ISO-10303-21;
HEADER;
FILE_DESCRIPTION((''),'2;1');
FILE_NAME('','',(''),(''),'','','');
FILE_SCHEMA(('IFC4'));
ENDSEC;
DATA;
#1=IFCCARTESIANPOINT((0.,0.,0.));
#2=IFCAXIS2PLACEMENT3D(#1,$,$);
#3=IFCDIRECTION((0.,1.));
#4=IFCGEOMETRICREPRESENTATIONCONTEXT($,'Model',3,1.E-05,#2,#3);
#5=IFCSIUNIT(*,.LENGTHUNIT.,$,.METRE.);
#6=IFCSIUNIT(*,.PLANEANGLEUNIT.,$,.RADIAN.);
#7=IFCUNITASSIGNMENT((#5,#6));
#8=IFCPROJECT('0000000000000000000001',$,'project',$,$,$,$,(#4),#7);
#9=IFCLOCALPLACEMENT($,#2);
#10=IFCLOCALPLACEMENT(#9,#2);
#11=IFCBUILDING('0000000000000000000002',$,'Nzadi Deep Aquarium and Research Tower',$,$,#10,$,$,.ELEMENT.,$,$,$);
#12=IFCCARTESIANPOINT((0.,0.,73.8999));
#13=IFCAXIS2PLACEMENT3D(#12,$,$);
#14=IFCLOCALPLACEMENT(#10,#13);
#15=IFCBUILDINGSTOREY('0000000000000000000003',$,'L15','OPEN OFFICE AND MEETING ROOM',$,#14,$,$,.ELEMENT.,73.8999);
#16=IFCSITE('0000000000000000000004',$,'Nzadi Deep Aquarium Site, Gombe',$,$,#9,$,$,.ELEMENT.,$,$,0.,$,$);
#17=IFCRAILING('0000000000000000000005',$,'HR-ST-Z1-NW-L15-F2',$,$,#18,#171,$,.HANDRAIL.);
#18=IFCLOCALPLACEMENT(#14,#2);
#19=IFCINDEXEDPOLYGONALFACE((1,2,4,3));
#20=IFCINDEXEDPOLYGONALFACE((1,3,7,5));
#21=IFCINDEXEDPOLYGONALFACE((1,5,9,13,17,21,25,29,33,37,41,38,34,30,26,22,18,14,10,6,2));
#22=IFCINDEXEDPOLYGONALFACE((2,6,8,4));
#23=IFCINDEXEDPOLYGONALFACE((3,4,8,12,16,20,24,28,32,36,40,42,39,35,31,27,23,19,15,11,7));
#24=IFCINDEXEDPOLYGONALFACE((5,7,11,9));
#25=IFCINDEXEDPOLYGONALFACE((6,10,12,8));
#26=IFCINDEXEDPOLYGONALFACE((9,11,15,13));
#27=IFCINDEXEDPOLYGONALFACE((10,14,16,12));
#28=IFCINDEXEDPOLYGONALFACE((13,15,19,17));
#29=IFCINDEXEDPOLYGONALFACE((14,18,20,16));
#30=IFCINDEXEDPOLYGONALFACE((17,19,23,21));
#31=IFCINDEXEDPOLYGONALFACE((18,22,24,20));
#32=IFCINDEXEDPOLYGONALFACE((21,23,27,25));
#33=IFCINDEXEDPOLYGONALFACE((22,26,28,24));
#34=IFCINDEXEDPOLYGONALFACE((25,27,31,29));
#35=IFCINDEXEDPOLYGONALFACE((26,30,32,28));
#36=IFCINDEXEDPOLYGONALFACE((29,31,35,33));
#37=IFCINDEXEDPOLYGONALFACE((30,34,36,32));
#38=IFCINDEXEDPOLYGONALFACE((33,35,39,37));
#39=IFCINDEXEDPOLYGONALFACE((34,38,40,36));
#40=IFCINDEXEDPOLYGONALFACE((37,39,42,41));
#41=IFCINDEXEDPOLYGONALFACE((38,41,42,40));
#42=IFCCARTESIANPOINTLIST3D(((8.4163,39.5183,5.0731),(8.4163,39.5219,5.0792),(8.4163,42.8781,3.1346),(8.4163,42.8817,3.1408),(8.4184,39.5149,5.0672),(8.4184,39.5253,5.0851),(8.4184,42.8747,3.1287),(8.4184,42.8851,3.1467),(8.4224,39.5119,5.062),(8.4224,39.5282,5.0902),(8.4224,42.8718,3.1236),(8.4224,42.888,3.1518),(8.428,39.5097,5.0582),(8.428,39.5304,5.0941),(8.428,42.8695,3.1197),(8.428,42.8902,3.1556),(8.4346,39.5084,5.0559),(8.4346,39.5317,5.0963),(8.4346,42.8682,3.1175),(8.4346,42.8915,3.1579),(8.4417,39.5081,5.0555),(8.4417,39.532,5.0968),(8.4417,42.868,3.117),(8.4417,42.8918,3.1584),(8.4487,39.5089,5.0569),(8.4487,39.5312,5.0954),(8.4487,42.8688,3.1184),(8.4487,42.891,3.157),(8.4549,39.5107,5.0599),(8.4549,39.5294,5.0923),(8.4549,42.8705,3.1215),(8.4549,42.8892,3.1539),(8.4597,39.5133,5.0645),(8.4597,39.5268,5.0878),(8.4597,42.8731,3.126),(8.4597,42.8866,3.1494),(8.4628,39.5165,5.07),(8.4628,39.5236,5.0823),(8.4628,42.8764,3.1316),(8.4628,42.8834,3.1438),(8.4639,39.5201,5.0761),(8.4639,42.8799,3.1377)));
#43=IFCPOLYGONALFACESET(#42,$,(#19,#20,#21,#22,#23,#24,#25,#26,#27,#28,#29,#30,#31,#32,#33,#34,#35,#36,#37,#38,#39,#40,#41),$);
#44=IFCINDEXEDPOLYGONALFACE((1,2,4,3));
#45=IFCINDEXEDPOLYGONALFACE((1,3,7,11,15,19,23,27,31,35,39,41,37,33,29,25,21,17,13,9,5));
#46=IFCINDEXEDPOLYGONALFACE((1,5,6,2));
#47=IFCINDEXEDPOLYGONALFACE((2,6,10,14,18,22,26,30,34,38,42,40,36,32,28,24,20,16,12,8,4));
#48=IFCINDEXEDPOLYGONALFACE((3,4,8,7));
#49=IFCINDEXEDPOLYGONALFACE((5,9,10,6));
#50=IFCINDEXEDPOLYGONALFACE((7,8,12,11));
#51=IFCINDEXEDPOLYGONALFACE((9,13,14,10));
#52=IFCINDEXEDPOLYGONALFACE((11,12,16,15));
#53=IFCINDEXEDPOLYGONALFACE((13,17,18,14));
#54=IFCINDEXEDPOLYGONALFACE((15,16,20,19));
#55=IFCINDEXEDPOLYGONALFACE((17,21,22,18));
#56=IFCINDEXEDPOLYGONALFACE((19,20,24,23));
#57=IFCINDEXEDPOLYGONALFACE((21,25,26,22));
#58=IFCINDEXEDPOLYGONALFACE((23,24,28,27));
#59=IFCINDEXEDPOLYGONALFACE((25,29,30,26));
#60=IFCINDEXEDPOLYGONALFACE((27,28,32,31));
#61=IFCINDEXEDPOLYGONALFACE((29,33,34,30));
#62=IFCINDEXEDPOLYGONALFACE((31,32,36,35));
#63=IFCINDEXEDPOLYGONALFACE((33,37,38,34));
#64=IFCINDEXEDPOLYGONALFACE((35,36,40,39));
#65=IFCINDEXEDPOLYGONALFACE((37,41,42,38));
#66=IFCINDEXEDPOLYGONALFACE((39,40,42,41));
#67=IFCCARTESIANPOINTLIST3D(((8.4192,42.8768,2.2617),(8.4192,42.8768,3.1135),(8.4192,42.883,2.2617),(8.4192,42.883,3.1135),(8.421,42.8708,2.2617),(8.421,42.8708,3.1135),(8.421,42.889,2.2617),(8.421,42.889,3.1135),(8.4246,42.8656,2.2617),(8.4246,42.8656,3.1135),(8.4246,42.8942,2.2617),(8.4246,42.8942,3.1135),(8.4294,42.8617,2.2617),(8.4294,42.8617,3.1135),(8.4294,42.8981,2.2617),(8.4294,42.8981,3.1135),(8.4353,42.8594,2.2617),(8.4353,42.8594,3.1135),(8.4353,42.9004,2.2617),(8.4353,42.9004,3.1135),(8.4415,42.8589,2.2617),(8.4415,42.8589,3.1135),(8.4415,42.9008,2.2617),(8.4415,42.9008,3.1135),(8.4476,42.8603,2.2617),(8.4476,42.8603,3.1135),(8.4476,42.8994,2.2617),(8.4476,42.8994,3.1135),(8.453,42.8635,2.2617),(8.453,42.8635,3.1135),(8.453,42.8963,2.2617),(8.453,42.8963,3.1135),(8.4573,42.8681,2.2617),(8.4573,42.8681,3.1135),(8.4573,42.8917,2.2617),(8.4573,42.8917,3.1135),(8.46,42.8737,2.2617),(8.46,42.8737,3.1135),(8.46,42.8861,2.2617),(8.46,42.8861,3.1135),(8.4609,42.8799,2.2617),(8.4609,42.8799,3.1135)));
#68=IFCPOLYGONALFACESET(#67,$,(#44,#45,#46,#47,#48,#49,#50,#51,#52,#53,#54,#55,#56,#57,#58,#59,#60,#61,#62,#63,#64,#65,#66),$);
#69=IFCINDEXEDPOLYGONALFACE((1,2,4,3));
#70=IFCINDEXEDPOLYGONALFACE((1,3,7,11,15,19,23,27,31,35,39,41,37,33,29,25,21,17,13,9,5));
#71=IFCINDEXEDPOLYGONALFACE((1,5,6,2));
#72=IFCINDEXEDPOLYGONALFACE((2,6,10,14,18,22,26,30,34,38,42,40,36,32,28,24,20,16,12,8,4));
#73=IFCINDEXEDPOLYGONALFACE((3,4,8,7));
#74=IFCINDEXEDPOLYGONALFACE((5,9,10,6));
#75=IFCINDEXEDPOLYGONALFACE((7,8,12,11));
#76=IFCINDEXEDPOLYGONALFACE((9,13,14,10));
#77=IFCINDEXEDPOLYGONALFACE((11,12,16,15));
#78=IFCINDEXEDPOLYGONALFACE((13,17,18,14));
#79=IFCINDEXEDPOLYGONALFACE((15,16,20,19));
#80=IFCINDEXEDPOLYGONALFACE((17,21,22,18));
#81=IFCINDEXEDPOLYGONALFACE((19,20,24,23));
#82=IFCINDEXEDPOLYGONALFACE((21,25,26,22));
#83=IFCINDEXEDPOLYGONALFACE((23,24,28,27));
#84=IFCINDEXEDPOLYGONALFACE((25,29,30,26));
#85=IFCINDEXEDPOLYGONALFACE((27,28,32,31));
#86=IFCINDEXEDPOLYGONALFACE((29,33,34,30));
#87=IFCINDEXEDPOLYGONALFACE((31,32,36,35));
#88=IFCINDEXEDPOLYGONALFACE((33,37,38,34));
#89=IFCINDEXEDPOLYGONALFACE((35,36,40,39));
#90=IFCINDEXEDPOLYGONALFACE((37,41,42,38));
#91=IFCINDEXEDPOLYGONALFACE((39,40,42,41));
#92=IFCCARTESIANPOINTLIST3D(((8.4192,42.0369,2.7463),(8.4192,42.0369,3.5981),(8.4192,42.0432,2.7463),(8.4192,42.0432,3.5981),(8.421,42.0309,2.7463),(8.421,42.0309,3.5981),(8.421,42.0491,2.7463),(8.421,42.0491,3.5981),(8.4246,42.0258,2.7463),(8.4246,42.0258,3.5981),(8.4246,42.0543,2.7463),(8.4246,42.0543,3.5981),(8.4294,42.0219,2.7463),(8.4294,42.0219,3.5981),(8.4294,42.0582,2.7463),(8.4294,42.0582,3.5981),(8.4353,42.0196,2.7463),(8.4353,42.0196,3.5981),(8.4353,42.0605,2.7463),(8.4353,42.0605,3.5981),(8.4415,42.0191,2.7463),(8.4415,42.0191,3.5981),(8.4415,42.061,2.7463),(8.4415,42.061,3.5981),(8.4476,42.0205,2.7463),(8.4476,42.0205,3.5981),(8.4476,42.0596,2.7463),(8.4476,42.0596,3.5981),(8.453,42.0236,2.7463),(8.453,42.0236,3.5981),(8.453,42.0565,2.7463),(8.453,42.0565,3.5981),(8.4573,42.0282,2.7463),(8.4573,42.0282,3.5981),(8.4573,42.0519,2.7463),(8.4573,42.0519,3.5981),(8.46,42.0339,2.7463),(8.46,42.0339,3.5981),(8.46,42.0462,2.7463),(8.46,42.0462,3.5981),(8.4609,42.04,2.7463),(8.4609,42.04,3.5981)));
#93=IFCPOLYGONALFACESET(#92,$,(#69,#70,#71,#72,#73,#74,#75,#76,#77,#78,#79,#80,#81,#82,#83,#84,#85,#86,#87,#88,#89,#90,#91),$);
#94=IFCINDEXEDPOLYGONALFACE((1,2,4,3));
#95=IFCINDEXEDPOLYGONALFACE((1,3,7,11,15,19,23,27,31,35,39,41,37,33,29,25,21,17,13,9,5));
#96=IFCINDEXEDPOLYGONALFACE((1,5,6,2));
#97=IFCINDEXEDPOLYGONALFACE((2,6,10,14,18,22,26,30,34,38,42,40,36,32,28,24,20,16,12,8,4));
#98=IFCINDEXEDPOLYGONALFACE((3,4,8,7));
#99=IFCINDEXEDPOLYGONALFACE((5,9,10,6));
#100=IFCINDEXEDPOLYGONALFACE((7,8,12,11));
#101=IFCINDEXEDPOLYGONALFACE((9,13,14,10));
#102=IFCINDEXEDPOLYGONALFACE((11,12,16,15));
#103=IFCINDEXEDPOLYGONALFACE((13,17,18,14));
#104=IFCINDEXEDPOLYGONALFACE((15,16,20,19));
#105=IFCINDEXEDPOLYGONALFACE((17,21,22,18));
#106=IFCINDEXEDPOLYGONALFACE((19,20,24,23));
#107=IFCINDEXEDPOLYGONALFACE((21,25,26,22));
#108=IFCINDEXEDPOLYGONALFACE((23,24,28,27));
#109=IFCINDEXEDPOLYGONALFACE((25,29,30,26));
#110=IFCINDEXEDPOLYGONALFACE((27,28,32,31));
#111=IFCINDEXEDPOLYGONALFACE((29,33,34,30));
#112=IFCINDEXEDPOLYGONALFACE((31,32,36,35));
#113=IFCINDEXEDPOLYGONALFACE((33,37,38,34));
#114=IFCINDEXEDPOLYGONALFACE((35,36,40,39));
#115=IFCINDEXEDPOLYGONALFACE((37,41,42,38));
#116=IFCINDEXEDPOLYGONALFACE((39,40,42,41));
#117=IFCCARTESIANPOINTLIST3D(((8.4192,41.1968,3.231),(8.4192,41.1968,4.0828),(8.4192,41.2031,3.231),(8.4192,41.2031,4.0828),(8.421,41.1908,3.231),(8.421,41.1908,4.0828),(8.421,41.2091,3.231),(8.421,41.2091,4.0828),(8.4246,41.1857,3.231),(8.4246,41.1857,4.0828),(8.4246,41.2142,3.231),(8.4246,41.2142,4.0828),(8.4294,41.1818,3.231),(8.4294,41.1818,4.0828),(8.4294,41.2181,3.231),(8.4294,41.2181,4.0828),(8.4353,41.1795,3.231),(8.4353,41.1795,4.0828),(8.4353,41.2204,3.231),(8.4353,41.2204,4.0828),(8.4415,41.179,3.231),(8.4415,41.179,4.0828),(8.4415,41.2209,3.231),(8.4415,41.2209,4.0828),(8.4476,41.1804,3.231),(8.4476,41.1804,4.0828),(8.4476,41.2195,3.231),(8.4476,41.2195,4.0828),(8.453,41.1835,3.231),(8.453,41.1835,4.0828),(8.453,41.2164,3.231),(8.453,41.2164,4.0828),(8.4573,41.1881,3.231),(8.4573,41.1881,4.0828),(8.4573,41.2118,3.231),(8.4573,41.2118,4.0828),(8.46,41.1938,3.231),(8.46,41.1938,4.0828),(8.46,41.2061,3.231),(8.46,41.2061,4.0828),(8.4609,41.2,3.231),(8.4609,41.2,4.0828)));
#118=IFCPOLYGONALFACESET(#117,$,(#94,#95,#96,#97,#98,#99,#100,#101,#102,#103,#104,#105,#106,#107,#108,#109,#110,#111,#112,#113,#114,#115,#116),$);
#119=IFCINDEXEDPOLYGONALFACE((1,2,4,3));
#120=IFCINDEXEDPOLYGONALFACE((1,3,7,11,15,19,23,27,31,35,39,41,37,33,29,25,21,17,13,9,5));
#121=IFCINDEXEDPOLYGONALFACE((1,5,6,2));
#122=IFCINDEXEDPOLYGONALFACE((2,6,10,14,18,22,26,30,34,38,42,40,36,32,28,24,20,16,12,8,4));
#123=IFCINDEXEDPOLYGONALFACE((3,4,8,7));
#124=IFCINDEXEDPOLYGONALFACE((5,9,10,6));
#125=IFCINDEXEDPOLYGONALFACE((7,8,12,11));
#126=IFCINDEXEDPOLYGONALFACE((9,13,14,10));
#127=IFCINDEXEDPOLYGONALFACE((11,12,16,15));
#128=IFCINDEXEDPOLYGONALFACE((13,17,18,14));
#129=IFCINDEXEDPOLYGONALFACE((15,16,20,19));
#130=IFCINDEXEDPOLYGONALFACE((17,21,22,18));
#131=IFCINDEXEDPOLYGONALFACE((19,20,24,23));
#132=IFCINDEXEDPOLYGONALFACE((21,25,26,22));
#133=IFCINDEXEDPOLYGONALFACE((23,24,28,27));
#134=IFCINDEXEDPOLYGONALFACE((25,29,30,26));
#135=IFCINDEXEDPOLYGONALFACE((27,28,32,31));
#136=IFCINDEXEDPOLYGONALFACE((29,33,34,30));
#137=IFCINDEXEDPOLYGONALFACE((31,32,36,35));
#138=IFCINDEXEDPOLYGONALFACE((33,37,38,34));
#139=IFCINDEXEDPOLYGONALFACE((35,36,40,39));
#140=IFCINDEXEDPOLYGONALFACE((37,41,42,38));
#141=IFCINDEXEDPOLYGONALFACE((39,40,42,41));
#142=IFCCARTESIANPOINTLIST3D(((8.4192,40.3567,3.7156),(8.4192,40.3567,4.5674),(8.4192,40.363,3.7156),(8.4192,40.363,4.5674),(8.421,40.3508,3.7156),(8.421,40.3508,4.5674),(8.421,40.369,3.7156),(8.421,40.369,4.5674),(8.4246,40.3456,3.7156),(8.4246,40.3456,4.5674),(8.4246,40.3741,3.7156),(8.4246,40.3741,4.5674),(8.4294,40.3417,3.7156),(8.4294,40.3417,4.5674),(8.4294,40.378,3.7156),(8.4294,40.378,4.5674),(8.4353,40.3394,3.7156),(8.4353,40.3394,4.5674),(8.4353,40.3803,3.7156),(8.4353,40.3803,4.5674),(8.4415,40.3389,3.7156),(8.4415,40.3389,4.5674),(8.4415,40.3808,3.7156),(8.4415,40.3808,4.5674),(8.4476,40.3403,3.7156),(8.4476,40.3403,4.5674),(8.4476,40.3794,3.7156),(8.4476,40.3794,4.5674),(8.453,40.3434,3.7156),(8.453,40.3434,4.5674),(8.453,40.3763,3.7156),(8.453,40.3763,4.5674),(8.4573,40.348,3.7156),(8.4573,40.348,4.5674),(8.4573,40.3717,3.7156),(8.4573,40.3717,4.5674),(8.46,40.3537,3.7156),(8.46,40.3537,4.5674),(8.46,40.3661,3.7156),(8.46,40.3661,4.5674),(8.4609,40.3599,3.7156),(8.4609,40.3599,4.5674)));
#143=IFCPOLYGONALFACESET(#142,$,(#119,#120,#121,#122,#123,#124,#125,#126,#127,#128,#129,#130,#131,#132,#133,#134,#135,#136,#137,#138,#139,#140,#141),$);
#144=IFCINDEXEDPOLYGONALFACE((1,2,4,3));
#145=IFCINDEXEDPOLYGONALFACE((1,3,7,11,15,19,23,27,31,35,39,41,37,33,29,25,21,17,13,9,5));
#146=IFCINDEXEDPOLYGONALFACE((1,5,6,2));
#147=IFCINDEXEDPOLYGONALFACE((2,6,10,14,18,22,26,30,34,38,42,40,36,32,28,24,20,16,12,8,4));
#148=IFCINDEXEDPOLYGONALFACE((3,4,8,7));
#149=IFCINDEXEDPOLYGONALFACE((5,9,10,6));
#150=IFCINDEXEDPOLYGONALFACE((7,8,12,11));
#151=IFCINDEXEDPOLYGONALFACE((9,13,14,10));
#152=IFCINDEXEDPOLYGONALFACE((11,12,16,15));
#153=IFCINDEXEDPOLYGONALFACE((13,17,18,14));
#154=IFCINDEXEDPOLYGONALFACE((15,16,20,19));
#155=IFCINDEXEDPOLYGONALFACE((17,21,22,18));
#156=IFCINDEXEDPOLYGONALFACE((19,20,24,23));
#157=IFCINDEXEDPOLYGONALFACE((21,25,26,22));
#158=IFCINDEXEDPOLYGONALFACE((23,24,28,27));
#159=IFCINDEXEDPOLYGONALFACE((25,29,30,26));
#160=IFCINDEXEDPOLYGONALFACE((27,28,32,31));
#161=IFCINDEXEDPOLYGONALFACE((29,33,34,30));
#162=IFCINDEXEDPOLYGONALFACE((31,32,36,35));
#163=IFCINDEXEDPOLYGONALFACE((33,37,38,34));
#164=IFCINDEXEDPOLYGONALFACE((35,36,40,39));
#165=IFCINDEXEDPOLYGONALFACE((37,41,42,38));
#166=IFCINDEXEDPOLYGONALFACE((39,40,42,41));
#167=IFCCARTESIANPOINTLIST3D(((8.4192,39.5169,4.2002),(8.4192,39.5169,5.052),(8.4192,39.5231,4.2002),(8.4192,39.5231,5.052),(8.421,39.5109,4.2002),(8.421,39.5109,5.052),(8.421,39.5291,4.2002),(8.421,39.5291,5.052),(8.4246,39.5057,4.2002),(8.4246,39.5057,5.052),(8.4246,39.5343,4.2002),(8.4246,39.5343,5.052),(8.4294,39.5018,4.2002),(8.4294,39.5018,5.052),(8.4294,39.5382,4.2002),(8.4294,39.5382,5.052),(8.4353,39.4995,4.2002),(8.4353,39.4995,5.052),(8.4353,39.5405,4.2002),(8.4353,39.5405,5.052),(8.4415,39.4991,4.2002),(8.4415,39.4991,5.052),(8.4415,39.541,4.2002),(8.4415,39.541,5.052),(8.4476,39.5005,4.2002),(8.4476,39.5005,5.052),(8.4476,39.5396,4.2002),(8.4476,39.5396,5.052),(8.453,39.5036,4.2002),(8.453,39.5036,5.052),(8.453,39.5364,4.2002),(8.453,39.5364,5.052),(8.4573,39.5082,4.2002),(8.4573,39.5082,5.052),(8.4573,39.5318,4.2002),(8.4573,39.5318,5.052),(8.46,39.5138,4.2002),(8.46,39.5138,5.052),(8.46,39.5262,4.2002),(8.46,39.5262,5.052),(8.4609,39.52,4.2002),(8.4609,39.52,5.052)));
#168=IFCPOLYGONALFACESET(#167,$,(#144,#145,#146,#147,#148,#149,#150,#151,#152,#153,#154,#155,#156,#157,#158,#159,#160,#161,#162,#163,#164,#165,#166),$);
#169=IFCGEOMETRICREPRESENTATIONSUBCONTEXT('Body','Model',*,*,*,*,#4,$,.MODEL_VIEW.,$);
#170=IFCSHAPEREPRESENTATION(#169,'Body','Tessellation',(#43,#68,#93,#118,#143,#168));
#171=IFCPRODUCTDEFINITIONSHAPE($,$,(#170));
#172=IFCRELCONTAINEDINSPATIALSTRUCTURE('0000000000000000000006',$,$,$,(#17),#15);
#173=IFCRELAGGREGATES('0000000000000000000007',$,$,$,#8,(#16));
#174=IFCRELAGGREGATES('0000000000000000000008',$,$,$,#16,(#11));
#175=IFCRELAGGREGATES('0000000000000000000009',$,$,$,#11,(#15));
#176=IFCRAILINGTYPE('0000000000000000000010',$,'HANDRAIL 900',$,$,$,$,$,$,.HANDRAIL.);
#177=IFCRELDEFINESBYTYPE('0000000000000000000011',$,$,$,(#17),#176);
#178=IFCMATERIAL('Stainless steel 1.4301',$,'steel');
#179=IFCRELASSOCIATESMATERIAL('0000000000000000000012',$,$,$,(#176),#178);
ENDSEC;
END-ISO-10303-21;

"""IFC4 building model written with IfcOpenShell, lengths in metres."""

from ifc_helpers import new_model, si_unit, direction, frame, origin, origin_2d, place, context, subcontext, project, spatial, circle, extrude, material, type_object, element, save


model = new_model("IFC4")

# Units and contexts
model_context = context("Model", 3, precision=1e-05, world=origin(), true_north=direction((0.0, 1.0)))
body_context = subcontext(model_context, "Body", "Model", "MODEL_VIEW")
ifc_project = project(units=[si_unit("LENGTHUNIT", "METRE"), si_unit("PLANEANGLEUNIT", "RADIAN")], contexts=[model_context])

# Site, building, storey
site_placement = place(None, origin())
site = spatial("IfcSite", under=ifc_project, at=site_placement, Name="Nzadi Deep Aquarium Site, Gombe", CompositionType="ELEMENT", RefElevation=0.0)
building_placement = place(site_placement, origin())
building = spatial("IfcBuilding", under=site, at=building_placement, Name="Nzadi Deep Aquarium and Research Tower", CompositionType="ELEMENT")
storey_placement = place(building_placement, frame((0.0, 0.0, 73.8999)))
storey = spatial("IfcBuildingStorey", under=building, at=storey_placement, Name="L15", Description="OPEN OFFICE AND MEETING ROOM", CompositionType="ELEMENT", Elevation=73.8999)

# Railing
ifc_material_1 = material(Name="Stainless steel 1.4301", Category="steel")
railing_type = type_object("IfcRailingType", Name="HANDRAIL 900", PredefinedType="HANDRAIL", material=ifc_material_1)
railing_placement = place(storey_placement, frame((8.4399, 42.8799, 2.2617)))
element("IfcRailing", 1, at=railing_placement, inside=storey, type_object=railing_type, Name="HR-ST-Z1-NW-L15-F2", PredefinedType="HANDRAIL", context=body_context, shape_type="SweptSolid", body=[
    extrude(circle(Radius=0.0239, at=origin_2d()), frame((0.0, 0.0, 0.876), z_axis=(0.0, -0.866175, 0.499741), x_axis=(1.0, 0.0, 0.0)), (0.0, 0.0, 1.0), 3.8789),
    extrude(circle(Radius=0.021, at=origin_2d()), origin(), (0.0, 0.0, 1.0), 0.8518),
    extrude(circle(Radius=0.021, at=origin_2d()), frame((0.0, -0.8398, 0.4846)), (0.0, 0.0, 1.0), 0.8518),
    extrude(circle(Radius=0.021, at=origin_2d()), frame((0.0, -1.6799, 0.9692)), (0.0, 0.0, 1.0), 0.8518),
    extrude(circle(Radius=0.021, at=origin_2d()), frame((0.0, -2.52, 1.4539)), (0.0, 0.0, 1.0), 0.8518),
    extrude(circle(Radius=0.021, at=origin_2d()), frame((0.0, -3.3599, 1.9385)), (0.0, 0.0, 1.0), 0.8518),
])

save(model, "model.ifc")
